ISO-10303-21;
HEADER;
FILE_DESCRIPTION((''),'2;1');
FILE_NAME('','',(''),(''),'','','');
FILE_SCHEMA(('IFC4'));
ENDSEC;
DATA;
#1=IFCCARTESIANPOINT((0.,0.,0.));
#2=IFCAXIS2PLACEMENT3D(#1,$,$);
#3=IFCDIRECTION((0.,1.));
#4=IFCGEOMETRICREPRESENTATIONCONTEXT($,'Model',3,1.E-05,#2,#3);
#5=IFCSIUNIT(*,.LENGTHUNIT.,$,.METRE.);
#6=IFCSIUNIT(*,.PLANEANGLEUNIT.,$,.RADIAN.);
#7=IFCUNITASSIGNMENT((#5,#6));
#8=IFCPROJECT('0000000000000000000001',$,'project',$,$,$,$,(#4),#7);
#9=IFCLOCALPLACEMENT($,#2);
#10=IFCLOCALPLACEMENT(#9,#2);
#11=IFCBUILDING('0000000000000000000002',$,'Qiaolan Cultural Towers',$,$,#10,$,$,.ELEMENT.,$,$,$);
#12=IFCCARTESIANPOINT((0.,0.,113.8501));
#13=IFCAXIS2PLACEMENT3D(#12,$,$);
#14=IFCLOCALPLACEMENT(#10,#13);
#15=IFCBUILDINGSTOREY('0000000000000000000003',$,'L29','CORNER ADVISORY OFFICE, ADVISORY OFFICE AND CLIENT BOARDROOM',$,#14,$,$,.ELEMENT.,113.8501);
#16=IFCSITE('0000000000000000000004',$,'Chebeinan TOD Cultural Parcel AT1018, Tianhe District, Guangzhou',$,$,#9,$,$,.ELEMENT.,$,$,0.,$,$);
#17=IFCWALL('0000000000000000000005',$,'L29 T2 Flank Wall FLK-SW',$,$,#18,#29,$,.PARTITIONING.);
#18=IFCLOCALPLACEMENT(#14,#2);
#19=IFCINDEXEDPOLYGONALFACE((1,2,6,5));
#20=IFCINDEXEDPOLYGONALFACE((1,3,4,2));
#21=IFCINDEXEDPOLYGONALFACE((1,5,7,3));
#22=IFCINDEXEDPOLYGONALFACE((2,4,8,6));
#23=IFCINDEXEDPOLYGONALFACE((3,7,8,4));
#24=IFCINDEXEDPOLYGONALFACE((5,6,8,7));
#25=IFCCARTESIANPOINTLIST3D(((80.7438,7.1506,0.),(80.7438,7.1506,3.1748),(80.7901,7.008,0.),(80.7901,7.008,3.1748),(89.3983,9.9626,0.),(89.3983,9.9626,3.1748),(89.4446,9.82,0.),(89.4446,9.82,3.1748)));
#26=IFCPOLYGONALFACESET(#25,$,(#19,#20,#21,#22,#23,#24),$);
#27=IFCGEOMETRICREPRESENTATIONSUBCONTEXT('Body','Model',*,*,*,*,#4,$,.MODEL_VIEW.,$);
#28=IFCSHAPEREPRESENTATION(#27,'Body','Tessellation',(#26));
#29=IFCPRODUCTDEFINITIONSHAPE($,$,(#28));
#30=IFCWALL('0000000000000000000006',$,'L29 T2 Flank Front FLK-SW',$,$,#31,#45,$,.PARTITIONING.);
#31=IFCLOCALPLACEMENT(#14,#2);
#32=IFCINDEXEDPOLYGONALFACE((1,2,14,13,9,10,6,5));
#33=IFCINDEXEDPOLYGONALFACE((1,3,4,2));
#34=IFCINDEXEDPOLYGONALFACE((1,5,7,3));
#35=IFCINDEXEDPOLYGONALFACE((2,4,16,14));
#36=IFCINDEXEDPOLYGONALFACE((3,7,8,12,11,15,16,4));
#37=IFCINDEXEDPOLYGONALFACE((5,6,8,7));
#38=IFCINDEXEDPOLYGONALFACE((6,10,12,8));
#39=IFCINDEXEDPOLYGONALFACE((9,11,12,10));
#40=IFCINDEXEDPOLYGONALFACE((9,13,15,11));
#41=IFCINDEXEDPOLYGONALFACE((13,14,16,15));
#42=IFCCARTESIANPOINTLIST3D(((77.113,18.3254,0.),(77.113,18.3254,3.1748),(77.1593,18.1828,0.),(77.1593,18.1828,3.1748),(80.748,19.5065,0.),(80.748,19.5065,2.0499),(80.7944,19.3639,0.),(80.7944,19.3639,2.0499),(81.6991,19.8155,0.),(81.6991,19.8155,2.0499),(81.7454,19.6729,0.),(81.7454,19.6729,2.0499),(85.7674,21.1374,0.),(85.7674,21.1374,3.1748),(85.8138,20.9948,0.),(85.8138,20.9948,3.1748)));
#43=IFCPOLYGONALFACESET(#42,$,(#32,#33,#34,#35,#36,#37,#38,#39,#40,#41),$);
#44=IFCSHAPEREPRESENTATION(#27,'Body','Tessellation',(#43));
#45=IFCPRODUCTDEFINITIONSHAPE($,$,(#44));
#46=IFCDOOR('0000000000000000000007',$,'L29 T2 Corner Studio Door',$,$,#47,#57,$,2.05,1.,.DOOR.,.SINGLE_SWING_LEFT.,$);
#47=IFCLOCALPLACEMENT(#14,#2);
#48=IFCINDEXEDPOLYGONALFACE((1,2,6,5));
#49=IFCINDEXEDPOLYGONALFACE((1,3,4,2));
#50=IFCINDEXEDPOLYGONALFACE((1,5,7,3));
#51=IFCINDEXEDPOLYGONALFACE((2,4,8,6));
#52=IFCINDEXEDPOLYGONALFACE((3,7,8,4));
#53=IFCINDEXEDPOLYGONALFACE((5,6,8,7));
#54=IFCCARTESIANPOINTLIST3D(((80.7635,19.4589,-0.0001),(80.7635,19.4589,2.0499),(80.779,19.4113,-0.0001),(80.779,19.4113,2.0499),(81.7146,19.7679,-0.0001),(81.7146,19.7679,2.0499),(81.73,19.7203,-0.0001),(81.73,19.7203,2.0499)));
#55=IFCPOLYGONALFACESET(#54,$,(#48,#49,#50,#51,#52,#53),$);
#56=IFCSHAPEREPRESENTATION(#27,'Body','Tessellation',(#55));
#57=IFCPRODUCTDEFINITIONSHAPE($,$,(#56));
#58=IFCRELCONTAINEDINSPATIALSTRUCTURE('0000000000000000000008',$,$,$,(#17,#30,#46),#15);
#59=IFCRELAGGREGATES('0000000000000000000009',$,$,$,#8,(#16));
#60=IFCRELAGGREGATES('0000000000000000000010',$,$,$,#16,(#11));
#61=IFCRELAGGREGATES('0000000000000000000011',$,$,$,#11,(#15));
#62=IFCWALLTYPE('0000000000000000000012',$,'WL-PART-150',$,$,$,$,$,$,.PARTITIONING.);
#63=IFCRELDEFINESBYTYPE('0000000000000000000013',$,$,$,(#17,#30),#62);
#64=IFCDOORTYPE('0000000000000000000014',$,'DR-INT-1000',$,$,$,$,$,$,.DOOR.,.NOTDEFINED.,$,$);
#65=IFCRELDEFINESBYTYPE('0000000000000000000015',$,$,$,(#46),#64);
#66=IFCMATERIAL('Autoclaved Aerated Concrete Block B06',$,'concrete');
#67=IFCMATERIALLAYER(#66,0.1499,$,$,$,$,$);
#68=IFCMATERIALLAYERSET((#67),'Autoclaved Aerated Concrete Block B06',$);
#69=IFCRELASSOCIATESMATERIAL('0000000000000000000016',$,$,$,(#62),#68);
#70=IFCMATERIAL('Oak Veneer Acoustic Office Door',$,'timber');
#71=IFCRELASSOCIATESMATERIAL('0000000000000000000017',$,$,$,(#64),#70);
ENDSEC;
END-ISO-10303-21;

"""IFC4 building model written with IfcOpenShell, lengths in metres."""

from ifc_helpers import new_model, si_unit, direction, frame, frame_2d, origin, place, context, subcontext, project, spatial, rectangle, extrude, material, layer, layer_set, type_object, element, fill, save


model = new_model("IFC4")

# Units and contexts
model_context = context("Model", 3, precision=1e-05, world=origin(), true_north=direction((0.0, 1.0)))
body_context = subcontext(model_context, "Body", "Model", "MODEL_VIEW")
ifc_project = project(units=[si_unit("LENGTHUNIT", "METRE"), si_unit("PLANEANGLEUNIT", "RADIAN")], contexts=[model_context])

# Site, building, storey
site_placement = place(None, origin())
site = spatial("IfcSite", under=ifc_project, at=site_placement, Name="Chebeinan TOD Cultural Parcel AT1018, Tianhe District, Guangzhou", CompositionType="ELEMENT", RefElevation=0.0)
building_placement = place(site_placement, origin())
building = spatial("IfcBuilding", under=site, at=building_placement, Name="Qiaolan Cultural Towers", CompositionType="ELEMENT")
storey_placement = place(building_placement, frame((0.0, 0.0, 113.8501)))
storey = spatial("IfcBuildingStorey", under=building, at=storey_placement, Name="L29", Description="CORNER ADVISORY OFFICE, ADVISORY OFFICE AND CLIENT BOARDROOM", CompositionType="ELEMENT", Elevation=113.8501)

# Wall
ifc_material_1 = material(Name="Autoclaved Aerated Concrete Block B06", Category="concrete")
ifc_layer_1 = layer(ifc_material_1, 0.1499)
ifc_layer_set_1 = layer_set([ifc_layer_1], Name="Autoclaved Aerated Concrete Block B06")
wall_type_1 = type_object("IfcWallType", Name="WL-PART-150", PredefinedType="PARTITIONING", material=ifc_layer_set_1)
wall_1_placement = place(storey_placement, frame((80.7671, 7.0793, 0.0), z_axis=(0.0, 0.0, 1.0), x_axis=(0.951057, 0.309015, 0.0)))
element("IfcWall", 1, at=wall_1_placement, inside=storey, type_object=wall_type_1, Name="L29 T2 Flank Wall FLK-SW", PredefinedType="PARTITIONING", context=body_context, shape_type="SweptSolid", body=[
    extrude(rectangle(XDim=9.0999, YDim=0.1499, at=frame_2d((4.5498, 0.0))), origin(), (0.0, 0.0, 1.0), 3.1748),
])

# Wall, opening, door
wall_2_placement = place(storey_placement, frame((77.1362, 18.2542, 0.0), z_axis=(0.0, 0.0, 1.0), x_axis=(0.951057, 0.309015, 0.0)))
wall_2 = element("IfcWall", 2, at=wall_2_placement, inside=storey, type_object=wall_type_1, Name="L29 T2 Flank Front FLK-SW", PredefinedType="PARTITIONING", context=body_context, shape_type="SweptSolid", body=[
    extrude(rectangle(XDim=9.0999, YDim=0.1499, at=frame_2d((4.5498, 0.0))), origin(), (0.0, 0.0, 1.0), 3.1748),
])
opening_1_placement = place(wall_2_placement, frame((3.822, 0.0, 0.0)))
opening_1 = element("IfcOpeningElement", 3, at=opening_1_placement, cuts=wall_2, PredefinedType="OPENING", context=body_context, shape_type="SweptSolid", body=[
    extrude(rectangle(XDim=1.0, YDim=2.05, at=frame_2d((0.5, 1.0249))), frame((0.0, 0.085, 0.0), z_axis=(0.0, -1.0, 0.0), x_axis=(1.0, 0.0, 0.0)), (0.0, 0.0, 1.0), 0.1699),
])
ifc_material_2 = material(Name="Oak Veneer Acoustic Office Door", Category="timber")
door_type_1 = type_object("IfcDoorType", Name="DR-INT-1000", OperationType="NOTDEFINED", PredefinedType="DOOR", material=ifc_material_2)
door_1_placement = place(opening_1_placement, origin())
door_1 = element("IfcDoor", 4, at=door_1_placement, inside=storey, type_object=door_type_1, Name="L29 T2 Corner Studio Door", OperationType="SINGLE_SWING_LEFT", OverallHeight=2.05, OverallWidth=1.0, PredefinedType="DOOR", context=body_context, shape_type="SweptSolid", body=[
    extrude(rectangle(XDim=1.0, YDim=2.05, at=frame_2d((0.5, 1.0249))), frame((0.0, 0.0249, 0.0), z_axis=(0.0, -1.0, 0.0), x_axis=(1.0, 0.0, 0.0)), (0.0, 0.0, 1.0), 0.05),
])
fill(opening_1, door_1)

save(model, "model.ifc")
